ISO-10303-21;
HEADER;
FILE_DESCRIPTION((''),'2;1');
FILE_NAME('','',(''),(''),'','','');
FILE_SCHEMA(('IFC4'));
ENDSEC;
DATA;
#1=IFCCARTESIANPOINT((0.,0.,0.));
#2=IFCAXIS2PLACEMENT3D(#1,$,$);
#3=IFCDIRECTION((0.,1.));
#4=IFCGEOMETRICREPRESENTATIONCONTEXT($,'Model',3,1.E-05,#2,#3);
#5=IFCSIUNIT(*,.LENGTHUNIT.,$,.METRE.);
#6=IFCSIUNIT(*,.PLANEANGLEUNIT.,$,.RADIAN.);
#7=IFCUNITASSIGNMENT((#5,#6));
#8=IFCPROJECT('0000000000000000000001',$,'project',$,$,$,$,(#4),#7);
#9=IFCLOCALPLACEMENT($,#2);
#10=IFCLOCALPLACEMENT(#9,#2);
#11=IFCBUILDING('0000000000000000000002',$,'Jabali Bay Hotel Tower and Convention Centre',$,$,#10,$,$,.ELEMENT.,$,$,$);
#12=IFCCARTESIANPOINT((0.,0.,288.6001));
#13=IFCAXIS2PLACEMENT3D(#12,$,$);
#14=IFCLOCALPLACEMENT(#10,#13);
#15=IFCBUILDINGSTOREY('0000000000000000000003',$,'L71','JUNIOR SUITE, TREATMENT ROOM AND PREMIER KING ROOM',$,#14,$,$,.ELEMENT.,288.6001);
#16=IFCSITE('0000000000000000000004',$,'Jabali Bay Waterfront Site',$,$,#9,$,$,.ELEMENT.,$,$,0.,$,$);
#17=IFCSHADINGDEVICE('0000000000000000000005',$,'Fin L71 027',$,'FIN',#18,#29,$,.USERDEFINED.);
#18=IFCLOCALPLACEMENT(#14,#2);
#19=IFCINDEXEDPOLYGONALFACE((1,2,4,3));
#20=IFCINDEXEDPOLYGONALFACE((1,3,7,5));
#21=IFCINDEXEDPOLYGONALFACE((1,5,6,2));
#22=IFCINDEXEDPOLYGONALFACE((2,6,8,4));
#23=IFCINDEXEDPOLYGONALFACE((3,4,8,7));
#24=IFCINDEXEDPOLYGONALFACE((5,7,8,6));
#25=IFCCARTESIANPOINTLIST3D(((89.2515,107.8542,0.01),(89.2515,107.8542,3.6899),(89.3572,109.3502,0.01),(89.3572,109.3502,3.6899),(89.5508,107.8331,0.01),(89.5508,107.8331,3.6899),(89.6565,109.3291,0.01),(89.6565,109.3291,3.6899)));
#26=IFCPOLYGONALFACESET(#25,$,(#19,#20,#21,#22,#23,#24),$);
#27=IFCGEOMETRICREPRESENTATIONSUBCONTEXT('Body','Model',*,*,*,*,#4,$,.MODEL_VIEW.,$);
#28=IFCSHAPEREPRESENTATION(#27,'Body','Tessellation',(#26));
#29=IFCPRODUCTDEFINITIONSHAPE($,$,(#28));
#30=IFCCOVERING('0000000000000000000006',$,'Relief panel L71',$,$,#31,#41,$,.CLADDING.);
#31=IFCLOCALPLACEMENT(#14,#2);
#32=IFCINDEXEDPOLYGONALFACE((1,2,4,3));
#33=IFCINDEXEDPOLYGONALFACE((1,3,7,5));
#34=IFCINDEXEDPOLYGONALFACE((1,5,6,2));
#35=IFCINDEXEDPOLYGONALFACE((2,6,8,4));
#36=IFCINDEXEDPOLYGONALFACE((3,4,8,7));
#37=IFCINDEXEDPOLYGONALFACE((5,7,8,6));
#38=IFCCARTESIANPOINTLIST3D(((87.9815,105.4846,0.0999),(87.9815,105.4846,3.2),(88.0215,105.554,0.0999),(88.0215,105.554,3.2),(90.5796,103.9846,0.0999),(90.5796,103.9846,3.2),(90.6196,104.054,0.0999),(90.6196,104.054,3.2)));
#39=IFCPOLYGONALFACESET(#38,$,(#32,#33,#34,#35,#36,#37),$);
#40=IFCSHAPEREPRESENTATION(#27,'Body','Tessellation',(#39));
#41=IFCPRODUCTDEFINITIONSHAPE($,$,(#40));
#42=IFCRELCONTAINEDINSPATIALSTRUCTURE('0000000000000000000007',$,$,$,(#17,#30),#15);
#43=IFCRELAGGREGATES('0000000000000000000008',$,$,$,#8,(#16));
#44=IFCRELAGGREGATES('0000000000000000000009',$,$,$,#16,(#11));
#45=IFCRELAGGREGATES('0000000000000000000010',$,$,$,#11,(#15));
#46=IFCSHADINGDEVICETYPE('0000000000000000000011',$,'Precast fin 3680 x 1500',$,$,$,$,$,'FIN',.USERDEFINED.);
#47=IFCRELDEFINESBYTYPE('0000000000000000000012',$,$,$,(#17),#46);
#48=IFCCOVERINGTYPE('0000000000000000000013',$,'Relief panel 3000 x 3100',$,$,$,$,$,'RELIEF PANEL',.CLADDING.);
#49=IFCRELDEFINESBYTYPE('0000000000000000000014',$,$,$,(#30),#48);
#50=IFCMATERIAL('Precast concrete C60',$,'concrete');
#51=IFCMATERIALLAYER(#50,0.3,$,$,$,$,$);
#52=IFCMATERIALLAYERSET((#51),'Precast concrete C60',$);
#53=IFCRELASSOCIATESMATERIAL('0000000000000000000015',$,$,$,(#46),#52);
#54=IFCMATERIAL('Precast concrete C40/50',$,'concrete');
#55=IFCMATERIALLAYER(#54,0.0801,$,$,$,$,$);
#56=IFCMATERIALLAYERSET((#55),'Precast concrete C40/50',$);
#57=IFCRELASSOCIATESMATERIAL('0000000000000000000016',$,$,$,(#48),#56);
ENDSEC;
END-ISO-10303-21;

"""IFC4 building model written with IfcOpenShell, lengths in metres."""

from ifc_helpers import new_model, si_unit, direction, frame, frame_2d, origin, origin_2d, place, context, subcontext, project, spatial, rectangle, extrude, material, layer, layer_set, type_object, element, save


model = new_model("IFC4")

# Units and contexts
model_context = context("Model", 3, precision=1e-05, world=origin(), true_north=direction((0.0, 1.0)))
body_context = subcontext(model_context, "Body", "Model", "MODEL_VIEW")
ifc_project = project(units=[si_unit("LENGTHUNIT", "METRE"), si_unit("PLANEANGLEUNIT", "RADIAN")], contexts=[model_context])

# Site, building, storey
site_placement = place(None, origin())
site = spatial("IfcSite", under=ifc_project, at=site_placement, Name="Jabali Bay Waterfront Site", CompositionType="ELEMENT", RefElevation=0.0)
building_placement = place(site_placement, origin())
building = spatial("IfcBuilding", under=site, at=building_placement, Name="Jabali Bay Hotel Tower and Convention Centre", CompositionType="ELEMENT")
storey_placement = place(building_placement, frame((0.0, 0.0, 288.6001)))
storey = spatial("IfcBuildingStorey", under=building, at=storey_placement, Name="L71", Description="JUNIOR SUITE, TREATMENT ROOM AND PREMIER KING ROOM", CompositionType="ELEMENT", Elevation=288.6001)

# Shading device
ifc_material_1 = material(Name="Precast concrete C60", Category="concrete")
ifc_layer_1 = layer(ifc_material_1, 0.3)
ifc_layer_set_1 = layer_set([ifc_layer_1], Name="Precast concrete C60")
shading_device_type_1 = type_object("IfcShadingDeviceType", Name="Precast fin 3680 x 1500", ElementType="FIN", PredefinedType="USERDEFINED", material=ifc_layer_set_1)
for number, where, z_axis, x_axis, name in (
    (1, (89.4011, 107.8435, 0.01), (0.0, 0.0, 1.0), (0.070484, 0.997513, 0.0), "Fin L71 027"),
):
    element("IfcShadingDevice", number, at=place(storey_placement, frame(where, z_axis=z_axis, x_axis=x_axis)), inside=storey, type_object=shading_device_type_1, Name=name, ObjectType="FIN", PredefinedType="USERDEFINED", context=body_context, shape_type="SweptSolid", body=[
        extrude(rectangle(XDim=1.4998, YDim=0.3, at=frame_2d((0.75, 0.0))), origin(), (0.0, 0.0, 1.0), 3.6799),
    ])

# Covering
ifc_material_2 = material(Name="Precast concrete C40/50", Category="concrete")
ifc_layer_2 = layer(ifc_material_2, 0.0801)
ifc_layer_set_2 = layer_set([ifc_layer_2], Name="Precast concrete C40/50")
covering_type = type_object("IfcCoveringType", Name="Relief panel 3000 x 3100", ElementType="RELIEF PANEL", PredefinedType="CLADDING", material=ifc_layer_set_2)
covering_placement = place(storey_placement, frame((89.3005, 104.7693, 0.0999), z_axis=(0.0, 0.0, 1.0), x_axis=(0.866025, -0.5, 0.0)))
element("IfcCovering", 2, at=covering_placement, inside=storey, type_object=covering_type, Name="Relief panel L71", PredefinedType="CLADDING", context=body_context, shape_type="SweptSolid", body=[
    extrude(rectangle(XDim=3.0, YDim=0.0801, at=origin_2d()), origin(), (0.0, 0.0, 1.0), 3.1001),
])

save(model, "model.ifc")
